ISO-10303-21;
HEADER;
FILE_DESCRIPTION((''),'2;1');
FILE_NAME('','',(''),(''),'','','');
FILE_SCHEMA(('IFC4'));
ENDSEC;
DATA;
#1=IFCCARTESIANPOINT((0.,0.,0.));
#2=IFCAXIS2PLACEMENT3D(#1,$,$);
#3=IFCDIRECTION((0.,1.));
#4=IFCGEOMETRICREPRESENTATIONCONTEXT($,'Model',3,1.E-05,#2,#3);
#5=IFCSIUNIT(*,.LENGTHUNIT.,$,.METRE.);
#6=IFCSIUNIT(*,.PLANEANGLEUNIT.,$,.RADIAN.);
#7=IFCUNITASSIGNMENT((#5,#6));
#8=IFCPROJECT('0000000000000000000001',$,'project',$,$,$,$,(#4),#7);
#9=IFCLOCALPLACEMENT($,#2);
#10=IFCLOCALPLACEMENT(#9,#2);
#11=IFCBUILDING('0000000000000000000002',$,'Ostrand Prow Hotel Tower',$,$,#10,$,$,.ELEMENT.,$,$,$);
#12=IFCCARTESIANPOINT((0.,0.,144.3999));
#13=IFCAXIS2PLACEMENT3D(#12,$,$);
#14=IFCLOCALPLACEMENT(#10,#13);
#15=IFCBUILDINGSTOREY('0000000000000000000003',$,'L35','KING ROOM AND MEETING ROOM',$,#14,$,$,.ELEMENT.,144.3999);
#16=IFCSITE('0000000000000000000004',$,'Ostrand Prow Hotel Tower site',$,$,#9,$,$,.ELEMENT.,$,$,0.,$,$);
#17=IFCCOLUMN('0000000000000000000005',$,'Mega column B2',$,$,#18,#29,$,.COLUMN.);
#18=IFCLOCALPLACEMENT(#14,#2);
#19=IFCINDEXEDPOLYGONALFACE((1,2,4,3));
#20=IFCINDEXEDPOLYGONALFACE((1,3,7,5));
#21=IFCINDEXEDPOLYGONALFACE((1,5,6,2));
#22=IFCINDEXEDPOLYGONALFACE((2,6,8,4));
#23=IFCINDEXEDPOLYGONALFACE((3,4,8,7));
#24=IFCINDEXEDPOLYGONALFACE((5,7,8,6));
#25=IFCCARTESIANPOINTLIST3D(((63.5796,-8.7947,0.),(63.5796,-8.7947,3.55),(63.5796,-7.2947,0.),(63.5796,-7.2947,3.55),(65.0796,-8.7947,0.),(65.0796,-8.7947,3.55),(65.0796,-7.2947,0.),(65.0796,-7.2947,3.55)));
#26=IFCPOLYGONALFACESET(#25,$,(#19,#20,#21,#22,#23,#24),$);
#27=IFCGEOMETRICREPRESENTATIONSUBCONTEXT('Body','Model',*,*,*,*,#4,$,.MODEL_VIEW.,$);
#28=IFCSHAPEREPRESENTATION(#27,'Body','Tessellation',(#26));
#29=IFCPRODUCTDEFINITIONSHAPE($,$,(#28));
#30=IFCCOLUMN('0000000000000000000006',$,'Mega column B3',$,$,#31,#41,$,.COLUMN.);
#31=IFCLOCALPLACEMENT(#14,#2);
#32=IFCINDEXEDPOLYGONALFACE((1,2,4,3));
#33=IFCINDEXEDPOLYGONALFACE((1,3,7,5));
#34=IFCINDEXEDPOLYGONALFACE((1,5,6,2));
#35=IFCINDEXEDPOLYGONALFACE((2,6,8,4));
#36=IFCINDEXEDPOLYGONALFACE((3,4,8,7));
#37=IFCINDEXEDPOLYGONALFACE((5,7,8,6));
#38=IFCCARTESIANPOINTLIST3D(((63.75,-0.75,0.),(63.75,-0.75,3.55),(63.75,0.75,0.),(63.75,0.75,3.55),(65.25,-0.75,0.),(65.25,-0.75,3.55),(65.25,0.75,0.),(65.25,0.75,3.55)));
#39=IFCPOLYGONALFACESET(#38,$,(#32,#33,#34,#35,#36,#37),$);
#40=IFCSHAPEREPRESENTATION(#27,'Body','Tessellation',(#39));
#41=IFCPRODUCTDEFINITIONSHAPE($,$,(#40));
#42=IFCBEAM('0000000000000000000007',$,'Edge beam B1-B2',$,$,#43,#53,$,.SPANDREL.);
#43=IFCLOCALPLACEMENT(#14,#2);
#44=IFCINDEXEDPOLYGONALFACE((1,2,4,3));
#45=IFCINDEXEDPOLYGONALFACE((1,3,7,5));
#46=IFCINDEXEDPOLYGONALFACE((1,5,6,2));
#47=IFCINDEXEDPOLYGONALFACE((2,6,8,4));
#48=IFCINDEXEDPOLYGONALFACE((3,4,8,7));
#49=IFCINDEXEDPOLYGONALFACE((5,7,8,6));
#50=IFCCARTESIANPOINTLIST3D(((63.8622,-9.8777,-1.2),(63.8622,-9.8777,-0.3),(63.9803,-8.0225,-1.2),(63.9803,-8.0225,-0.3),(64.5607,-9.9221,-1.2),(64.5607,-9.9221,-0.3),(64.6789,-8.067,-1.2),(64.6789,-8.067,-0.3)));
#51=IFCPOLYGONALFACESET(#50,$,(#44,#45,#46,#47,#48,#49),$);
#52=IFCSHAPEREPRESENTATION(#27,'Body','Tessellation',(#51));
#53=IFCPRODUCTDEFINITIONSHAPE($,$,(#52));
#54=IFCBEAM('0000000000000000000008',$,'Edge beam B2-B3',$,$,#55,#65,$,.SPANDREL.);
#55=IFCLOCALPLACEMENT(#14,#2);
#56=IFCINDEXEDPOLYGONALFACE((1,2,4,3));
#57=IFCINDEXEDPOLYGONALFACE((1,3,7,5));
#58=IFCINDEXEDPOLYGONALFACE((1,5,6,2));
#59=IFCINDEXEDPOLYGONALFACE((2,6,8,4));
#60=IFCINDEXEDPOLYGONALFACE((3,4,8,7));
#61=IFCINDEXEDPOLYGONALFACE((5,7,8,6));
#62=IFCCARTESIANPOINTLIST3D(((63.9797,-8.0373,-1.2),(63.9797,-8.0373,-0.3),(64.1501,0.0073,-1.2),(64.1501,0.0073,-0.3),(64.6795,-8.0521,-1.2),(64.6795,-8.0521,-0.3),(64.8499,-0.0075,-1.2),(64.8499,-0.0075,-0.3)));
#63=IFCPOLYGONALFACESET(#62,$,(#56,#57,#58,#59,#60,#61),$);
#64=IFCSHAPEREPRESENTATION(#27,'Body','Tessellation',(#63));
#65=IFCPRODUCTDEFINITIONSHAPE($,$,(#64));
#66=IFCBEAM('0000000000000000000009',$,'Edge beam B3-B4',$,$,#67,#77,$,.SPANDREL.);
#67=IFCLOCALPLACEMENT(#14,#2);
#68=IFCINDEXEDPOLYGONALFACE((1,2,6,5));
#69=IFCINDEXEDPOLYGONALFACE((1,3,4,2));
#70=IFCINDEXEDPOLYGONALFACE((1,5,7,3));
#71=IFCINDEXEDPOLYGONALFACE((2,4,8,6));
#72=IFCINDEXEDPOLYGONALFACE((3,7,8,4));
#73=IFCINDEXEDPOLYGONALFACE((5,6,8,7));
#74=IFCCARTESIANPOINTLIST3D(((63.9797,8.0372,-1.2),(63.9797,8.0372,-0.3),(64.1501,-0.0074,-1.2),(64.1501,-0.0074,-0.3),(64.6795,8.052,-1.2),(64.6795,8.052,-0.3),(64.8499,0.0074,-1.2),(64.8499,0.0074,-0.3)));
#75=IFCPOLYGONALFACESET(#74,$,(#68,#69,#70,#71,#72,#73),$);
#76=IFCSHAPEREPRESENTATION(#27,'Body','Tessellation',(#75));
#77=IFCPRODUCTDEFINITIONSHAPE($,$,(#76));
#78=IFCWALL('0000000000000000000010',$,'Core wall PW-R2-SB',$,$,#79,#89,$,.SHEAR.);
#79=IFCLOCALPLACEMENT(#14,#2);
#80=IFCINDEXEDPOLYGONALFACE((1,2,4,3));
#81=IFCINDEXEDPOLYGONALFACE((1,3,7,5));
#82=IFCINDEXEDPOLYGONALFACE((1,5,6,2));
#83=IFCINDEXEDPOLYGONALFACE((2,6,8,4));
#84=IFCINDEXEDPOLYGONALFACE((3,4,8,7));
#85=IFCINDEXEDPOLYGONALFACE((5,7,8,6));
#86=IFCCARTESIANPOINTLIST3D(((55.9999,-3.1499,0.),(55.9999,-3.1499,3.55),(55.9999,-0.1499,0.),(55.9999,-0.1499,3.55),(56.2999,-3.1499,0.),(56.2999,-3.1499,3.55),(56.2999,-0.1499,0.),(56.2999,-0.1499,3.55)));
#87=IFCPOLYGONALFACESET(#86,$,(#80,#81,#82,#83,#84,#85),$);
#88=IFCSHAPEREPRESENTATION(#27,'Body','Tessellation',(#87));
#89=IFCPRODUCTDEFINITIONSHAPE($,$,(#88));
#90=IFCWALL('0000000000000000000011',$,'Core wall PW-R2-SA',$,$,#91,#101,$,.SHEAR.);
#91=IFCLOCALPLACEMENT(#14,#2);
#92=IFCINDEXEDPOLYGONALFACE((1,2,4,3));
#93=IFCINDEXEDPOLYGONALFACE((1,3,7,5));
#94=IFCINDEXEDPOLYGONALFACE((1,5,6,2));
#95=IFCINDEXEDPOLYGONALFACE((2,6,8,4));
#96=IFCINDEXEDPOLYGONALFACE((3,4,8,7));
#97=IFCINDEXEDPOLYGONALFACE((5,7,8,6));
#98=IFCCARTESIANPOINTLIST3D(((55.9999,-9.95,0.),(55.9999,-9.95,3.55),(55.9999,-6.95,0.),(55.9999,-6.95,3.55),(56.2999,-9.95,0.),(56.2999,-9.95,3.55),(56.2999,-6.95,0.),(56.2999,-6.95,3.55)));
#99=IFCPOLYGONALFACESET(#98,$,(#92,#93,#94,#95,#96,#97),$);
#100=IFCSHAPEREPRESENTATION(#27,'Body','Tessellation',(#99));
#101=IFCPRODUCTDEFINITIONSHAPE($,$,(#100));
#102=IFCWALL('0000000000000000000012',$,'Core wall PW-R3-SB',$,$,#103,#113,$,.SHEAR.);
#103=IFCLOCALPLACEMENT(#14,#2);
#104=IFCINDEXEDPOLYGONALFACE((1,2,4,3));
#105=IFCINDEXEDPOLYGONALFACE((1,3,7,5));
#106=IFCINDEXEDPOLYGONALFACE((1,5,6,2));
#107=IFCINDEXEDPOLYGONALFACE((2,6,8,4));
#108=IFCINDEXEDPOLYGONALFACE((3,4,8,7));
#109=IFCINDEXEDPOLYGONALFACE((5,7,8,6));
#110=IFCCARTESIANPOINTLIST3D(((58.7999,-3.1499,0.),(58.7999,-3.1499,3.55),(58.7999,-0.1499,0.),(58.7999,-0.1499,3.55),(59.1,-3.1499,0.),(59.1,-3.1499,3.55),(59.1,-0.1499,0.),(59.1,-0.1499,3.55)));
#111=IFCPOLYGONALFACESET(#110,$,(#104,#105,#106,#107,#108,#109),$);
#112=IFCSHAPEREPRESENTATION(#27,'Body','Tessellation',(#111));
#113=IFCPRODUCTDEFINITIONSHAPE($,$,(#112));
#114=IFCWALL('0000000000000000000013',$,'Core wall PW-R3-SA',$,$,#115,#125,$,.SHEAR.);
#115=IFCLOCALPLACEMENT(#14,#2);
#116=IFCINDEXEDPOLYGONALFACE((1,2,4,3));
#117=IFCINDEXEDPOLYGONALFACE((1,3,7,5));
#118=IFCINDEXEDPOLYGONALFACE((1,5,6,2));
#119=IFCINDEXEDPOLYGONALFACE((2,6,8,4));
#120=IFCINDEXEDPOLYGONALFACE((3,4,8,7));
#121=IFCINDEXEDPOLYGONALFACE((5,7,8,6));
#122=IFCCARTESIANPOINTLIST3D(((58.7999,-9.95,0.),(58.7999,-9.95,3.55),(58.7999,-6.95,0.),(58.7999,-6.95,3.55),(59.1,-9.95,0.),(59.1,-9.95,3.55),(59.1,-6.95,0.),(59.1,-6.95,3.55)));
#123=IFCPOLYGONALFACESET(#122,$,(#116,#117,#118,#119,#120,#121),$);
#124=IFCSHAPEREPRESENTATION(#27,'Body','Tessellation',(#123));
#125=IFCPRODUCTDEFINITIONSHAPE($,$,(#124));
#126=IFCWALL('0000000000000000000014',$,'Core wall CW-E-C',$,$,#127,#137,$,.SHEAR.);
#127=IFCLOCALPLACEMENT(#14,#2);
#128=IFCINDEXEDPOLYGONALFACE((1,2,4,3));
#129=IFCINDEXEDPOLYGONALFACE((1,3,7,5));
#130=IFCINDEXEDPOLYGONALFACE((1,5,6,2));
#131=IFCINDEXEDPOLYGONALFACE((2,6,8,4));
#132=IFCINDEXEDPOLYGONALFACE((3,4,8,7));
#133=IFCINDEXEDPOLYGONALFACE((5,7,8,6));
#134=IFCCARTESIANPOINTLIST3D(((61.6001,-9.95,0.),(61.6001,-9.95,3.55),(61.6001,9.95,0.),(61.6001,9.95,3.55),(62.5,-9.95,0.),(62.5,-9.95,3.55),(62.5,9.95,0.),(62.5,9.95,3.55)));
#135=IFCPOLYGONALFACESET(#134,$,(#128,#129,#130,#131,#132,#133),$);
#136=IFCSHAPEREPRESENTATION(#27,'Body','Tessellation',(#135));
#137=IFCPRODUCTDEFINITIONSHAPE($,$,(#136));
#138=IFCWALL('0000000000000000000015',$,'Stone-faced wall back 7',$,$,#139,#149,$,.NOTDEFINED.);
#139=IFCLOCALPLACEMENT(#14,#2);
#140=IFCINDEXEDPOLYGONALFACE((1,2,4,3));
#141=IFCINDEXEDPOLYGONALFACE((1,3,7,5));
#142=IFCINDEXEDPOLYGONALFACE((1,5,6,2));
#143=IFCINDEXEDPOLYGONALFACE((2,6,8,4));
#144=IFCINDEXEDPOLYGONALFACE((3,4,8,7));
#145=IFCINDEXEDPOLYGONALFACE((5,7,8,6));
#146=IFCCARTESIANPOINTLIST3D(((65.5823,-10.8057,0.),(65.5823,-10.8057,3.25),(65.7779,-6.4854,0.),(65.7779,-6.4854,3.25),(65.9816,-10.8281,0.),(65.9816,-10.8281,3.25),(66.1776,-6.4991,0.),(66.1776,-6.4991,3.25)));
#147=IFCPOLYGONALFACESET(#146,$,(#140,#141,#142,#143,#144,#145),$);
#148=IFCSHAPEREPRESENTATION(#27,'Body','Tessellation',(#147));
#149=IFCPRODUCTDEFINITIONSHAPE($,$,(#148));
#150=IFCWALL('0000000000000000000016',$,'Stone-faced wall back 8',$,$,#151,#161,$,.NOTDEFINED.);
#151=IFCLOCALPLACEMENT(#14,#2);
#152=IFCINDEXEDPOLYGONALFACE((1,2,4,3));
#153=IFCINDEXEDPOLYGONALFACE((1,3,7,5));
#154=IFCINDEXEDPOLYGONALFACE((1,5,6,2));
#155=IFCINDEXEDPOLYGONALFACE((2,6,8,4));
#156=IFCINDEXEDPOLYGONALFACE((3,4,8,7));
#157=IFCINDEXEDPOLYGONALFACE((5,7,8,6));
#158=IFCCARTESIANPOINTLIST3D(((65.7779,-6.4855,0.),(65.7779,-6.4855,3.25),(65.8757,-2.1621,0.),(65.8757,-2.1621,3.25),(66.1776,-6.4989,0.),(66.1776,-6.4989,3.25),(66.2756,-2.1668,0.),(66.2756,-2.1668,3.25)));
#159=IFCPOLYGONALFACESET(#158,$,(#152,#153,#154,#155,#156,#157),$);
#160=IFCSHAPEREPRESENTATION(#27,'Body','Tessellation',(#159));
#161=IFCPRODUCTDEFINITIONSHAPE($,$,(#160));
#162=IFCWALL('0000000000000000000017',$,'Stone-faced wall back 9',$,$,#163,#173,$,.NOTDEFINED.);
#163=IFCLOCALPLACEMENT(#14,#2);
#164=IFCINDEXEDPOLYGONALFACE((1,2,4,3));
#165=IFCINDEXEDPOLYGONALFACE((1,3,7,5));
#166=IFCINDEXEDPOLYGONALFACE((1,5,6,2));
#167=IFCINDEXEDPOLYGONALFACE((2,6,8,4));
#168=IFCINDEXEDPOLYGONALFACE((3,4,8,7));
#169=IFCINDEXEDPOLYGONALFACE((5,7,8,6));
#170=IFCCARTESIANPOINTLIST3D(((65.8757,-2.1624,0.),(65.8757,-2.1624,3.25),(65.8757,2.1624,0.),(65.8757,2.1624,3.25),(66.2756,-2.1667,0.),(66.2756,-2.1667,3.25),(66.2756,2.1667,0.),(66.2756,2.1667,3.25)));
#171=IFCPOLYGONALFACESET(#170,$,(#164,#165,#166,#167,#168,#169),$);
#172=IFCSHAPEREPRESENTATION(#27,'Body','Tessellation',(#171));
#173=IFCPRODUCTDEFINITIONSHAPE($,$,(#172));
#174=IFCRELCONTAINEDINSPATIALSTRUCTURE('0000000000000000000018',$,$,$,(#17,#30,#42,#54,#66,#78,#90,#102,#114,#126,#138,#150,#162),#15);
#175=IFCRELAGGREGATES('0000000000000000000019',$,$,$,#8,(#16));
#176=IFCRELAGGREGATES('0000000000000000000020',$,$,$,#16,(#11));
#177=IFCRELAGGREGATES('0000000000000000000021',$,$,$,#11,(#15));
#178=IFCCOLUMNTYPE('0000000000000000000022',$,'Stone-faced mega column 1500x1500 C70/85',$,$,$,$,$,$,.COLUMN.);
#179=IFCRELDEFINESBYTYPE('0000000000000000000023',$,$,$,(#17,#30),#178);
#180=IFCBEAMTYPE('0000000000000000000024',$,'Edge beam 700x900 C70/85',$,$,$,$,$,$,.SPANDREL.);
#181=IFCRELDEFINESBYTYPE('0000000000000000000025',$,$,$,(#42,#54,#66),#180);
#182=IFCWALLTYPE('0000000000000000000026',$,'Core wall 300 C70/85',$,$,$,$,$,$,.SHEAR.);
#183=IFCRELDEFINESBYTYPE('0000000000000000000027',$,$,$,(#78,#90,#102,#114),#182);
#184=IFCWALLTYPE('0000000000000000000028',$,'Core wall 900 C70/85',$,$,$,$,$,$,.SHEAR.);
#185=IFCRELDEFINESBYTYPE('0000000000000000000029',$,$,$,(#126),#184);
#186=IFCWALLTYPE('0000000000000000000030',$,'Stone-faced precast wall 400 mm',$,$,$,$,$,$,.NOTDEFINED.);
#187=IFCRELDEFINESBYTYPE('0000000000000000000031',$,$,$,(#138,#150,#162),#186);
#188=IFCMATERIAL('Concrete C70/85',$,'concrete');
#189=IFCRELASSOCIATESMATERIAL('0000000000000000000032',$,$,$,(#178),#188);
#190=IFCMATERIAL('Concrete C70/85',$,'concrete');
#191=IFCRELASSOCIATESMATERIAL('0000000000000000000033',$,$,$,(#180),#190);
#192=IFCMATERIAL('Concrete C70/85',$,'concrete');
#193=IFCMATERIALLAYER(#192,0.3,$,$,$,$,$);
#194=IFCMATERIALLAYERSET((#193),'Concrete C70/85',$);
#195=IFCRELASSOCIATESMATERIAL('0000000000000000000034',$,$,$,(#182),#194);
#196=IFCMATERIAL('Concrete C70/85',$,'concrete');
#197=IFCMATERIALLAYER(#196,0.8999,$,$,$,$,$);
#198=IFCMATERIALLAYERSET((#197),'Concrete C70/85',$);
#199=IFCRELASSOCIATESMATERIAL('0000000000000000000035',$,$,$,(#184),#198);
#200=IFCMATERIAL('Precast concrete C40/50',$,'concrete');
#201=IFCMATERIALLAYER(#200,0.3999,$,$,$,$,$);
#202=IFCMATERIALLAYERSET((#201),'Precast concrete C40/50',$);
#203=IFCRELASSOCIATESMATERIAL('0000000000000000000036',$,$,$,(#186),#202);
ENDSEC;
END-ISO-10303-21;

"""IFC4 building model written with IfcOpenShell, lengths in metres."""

from ifc_helpers import new_model, si_unit, direction, frame, frame_2d, origin, origin_2d, place, context, subcontext, project, spatial, polyline, rectangle, outline, extrude, material, layer, layer_set, material_profile, profile_set, type_object, element, save


model = new_model("IFC4")

# Units and contexts
model_context = context("Model", 3, precision=1e-05, world=origin(), true_north=direction((0.0, 1.0)))
body_context = subcontext(model_context, "Body", "Model", "MODEL_VIEW")
ifc_project = project(units=[si_unit("LENGTHUNIT", "METRE"), si_unit("PLANEANGLEUNIT", "RADIAN")], contexts=[model_context])

# Site, building, storey
site_placement = place(None, origin())
site = spatial("IfcSite", under=ifc_project, at=site_placement, Name="Ostrand Prow Hotel Tower site", CompositionType="ELEMENT", RefElevation=0.0)
building_placement = place(site_placement, origin())
building = spatial("IfcBuilding", under=site, at=building_placement, Name="Ostrand Prow Hotel Tower", CompositionType="ELEMENT")
storey_placement = place(building_placement, frame((0.0, 0.0, 144.3999)))
storey = spatial("IfcBuildingStorey", under=building, at=storey_placement, Name="L35", Description="KING ROOM AND MEETING ROOM", CompositionType="ELEMENT", Elevation=144.3999)

# Columns
ifc_material_1 = material(Name="Concrete C70/85", Category="concrete")
ifc_material_profile_1 = material_profile(ifc_material_1, rectangle(XDim=1.5, YDim=1.5, at=origin_2d()), Name="RC 1500x1500")
ifc_profile_set_1 = profile_set([ifc_material_profile_1], Name="Concrete C70/85")
column_type = type_object("IfcColumnType", Name="Stone-faced mega column 1500x1500 C70/85", PredefinedType="COLUMN", material=ifc_profile_set_1)
for number, where, z_axis, x_axis, name in (
    (1, (64.3296, -8.0447, 0.0), (0.0, 0.0, 1.0), (1.0, 0.0, 0.0), "Mega column B2"),
    (2, (64.5, 0.0, 0.0), (0.0, 0.0, 1.0), (1.0, 0.0, 0.0), "Mega column B3"),
):
    element("IfcColumn", number, at=place(storey_placement, frame(where, z_axis=z_axis, x_axis=x_axis)), inside=storey, type_object=column_type, Name=name, PredefinedType="COLUMN", context=body_context, shape_type="SweptSolid", body=[
        extrude(rectangle(XDim=1.5, YDim=1.5, at=origin_2d()), origin(), (0.0, 0.0, 1.0), 3.55),
    ])

# Beams
ifc_material_2 = material(Name="Concrete C70/85", Category="concrete")
ifc_material_profile_2 = material_profile(ifc_material_2, rectangle(XDim=0.7, YDim=0.8999, at=origin_2d()), Name="RC 700x900")
ifc_profile_set_2 = profile_set([ifc_material_profile_2], Name="Concrete C70/85")
beam_type = type_object("IfcBeamType", Name="Edge beam 700x900 C70/85", PredefinedType="SPANDREL", material=ifc_profile_set_2)
beam_placement = place(storey_placement, frame((64.2114, -9.8999, -0.75), z_axis=(0.063564, 0.997978, 0.0), x_axis=(-0.997978, 0.063564, 0.0)))
element("IfcBeam", 3, at=beam_placement, inside=storey, type_object=beam_type, Name="Edge beam B1-B2", PredefinedType="SPANDREL", context=body_context, shape_type="SweptSolid", body=[
    extrude(rectangle(XDim=0.7, YDim=0.8999, at=origin_2d()), origin(), (0.0, 0.0, 1.0), 1.8589),
])
for number, where, z_axis, x_axis, name in (
    (4, (64.3296, -8.0447, -0.75), (0.021178, 0.999776, 0.0), (-0.999776, 0.021178, 0.0), "Edge beam B2-B3"),
    (5, (64.5, 0.0, -0.75), (-0.021178, 0.999776, 0.0), (-0.999776, -0.021178, 0.0), "Edge beam B3-B4"),
):
    element("IfcBeam", number, at=place(storey_placement, frame(where, z_axis=z_axis, x_axis=x_axis)), inside=storey, type_object=beam_type, Name=name, PredefinedType="SPANDREL", context=body_context, shape_type="SweptSolid", body=[
        extrude(rectangle(XDim=0.7, YDim=0.8999, at=origin_2d()), origin(), (0.0, 0.0, 1.0), 8.0464),
    ])

# Walls
ifc_material_3 = material(Name="Concrete C70/85", Category="concrete")
ifc_layer_1 = layer(ifc_material_3, 0.3)
ifc_layer_set_1 = layer_set([ifc_layer_1], Name="Concrete C70/85")
wall_type_1 = type_object("IfcWallType", Name="Core wall 300 C70/85", PredefinedType="SHEAR", material=ifc_layer_set_1)
for number, where, z_axis, x_axis, name in (
    (6, (56.1499, -3.1499, 0.0), (0.0, 0.0, 1.0), (0.0, 1.0, 0.0), "Core wall PW-R2-SB"),
    (7, (56.1499, -9.95, 0.0), (0.0, 0.0, 1.0), (0.0, 1.0, 0.0), "Core wall PW-R2-SA"),
    (8, (58.95, -3.1499, 0.0), (0.0, 0.0, 1.0), (0.0, 1.0, 0.0), "Core wall PW-R3-SB"),
    (9, (58.95, -9.95, 0.0), (0.0, 0.0, 1.0), (0.0, 1.0, 0.0), "Core wall PW-R3-SA"),
):
    element("IfcWall", number, at=place(storey_placement, frame(where, z_axis=z_axis, x_axis=x_axis)), inside=storey, type_object=wall_type_1, Name=name, PredefinedType="SHEAR", context=body_context, shape_type="SweptSolid", body=[
        extrude(rectangle(XDim=3.0, YDim=0.3, at=frame_2d((1.5, 0.0))), origin(), (0.0, 0.0, 1.0), 3.55),
    ])
ifc_material_4 = material(Name="Concrete C70/85", Category="concrete")
ifc_layer_2 = layer(ifc_material_4, 0.8999)
ifc_layer_set_2 = layer_set([ifc_layer_2], Name="Concrete C70/85")
wall_type_2 = type_object("IfcWallType", Name="Core wall 900 C70/85", PredefinedType="SHEAR", material=ifc_layer_set_2)
wall_1_placement = place(storey_placement, frame((62.05, -9.95, 0.0), z_axis=(0.0, 0.0, 1.0), x_axis=(0.0, 1.0, 0.0)))
element("IfcWall", 10, at=wall_1_placement, inside=storey, type_object=wall_type_2, Name="Core wall CW-E-C", PredefinedType="SHEAR", context=body_context, shape_type="SweptSolid", body=[
    extrude(rectangle(XDim=19.8999, YDim=0.8999, at=frame_2d((9.95, 0.0))), origin(), (0.0, 0.0, 1.0), 3.55),
])
ifc_material_5 = material(Name="Precast concrete C40/50", Category="concrete")
ifc_layer_3 = layer(ifc_material_5, 0.3999)
ifc_layer_set_3 = layer_set([ifc_layer_3], Name="Precast concrete C40/50")
wall_type_3 = type_object("IfcWallType", Name="Stone-faced precast wall 400 mm", PredefinedType="NOTDEFINED", material=ifc_layer_set_3)
wall_2_placement = place(storey_placement, frame((65.782, -10.8169, 0.0), z_axis=(0.0, 0.0, 1.0), x_axis=(0.045229, 0.998977, 0.0)))
element("IfcWall", 11, at=wall_2_placement, inside=storey, type_object=wall_type_3, Name="Stone-faced wall back 7", PredefinedType="NOTDEFINED", context=body_context, shape_type="SweptSolid", body=[
    extrude(outline(polyline([(-0.0022, -0.2), (4.3313, -0.2), (4.3269, 0.2), (0.0022, 0.2), (-0.0022, -0.2)])), origin(), (0.0, 0.0, 1.0), 3.25),
])
wall_3_placement = place(storey_placement, frame((65.9778, -6.4922, 0.0), z_axis=(0.0, 0.0, 1.0), x_axis=(0.022616, 0.999744, 0.0)))
element("IfcWall", 12, at=wall_3_placement, inside=storey, type_object=wall_type_3, Name="Stone-faced wall back 8", PredefinedType="NOTDEFINED", context=body_context, shape_type="SweptSolid", body=[
    extrude(outline(polyline([(-0.0022, -0.2), (4.3311, -0.2), (4.3267, 0.2), (0.0022, 0.2), (-0.0022, -0.2)])), origin(), (0.0, 0.0, 1.0), 3.25),
])
wall_4_placement = place(storey_placement, frame((66.0757, -2.1646, 0.0), z_axis=(0.0, 0.0, 1.0), x_axis=(0.0, 1.0, 0.0)))
element("IfcWall", 13, at=wall_4_placement, inside=storey, type_object=wall_type_3, Name="Stone-faced wall back 9", PredefinedType="NOTDEFINED", context=body_context, shape_type="SweptSolid", body=[
    extrude(outline(polyline([(-0.0022, -0.2), (4.3313, -0.2), (4.3269, 0.2), (0.0022, 0.2), (-0.0022, -0.2)])), origin(), (0.0, 0.0, 1.0), 3.25),
])

save(model, "model.ifc")
